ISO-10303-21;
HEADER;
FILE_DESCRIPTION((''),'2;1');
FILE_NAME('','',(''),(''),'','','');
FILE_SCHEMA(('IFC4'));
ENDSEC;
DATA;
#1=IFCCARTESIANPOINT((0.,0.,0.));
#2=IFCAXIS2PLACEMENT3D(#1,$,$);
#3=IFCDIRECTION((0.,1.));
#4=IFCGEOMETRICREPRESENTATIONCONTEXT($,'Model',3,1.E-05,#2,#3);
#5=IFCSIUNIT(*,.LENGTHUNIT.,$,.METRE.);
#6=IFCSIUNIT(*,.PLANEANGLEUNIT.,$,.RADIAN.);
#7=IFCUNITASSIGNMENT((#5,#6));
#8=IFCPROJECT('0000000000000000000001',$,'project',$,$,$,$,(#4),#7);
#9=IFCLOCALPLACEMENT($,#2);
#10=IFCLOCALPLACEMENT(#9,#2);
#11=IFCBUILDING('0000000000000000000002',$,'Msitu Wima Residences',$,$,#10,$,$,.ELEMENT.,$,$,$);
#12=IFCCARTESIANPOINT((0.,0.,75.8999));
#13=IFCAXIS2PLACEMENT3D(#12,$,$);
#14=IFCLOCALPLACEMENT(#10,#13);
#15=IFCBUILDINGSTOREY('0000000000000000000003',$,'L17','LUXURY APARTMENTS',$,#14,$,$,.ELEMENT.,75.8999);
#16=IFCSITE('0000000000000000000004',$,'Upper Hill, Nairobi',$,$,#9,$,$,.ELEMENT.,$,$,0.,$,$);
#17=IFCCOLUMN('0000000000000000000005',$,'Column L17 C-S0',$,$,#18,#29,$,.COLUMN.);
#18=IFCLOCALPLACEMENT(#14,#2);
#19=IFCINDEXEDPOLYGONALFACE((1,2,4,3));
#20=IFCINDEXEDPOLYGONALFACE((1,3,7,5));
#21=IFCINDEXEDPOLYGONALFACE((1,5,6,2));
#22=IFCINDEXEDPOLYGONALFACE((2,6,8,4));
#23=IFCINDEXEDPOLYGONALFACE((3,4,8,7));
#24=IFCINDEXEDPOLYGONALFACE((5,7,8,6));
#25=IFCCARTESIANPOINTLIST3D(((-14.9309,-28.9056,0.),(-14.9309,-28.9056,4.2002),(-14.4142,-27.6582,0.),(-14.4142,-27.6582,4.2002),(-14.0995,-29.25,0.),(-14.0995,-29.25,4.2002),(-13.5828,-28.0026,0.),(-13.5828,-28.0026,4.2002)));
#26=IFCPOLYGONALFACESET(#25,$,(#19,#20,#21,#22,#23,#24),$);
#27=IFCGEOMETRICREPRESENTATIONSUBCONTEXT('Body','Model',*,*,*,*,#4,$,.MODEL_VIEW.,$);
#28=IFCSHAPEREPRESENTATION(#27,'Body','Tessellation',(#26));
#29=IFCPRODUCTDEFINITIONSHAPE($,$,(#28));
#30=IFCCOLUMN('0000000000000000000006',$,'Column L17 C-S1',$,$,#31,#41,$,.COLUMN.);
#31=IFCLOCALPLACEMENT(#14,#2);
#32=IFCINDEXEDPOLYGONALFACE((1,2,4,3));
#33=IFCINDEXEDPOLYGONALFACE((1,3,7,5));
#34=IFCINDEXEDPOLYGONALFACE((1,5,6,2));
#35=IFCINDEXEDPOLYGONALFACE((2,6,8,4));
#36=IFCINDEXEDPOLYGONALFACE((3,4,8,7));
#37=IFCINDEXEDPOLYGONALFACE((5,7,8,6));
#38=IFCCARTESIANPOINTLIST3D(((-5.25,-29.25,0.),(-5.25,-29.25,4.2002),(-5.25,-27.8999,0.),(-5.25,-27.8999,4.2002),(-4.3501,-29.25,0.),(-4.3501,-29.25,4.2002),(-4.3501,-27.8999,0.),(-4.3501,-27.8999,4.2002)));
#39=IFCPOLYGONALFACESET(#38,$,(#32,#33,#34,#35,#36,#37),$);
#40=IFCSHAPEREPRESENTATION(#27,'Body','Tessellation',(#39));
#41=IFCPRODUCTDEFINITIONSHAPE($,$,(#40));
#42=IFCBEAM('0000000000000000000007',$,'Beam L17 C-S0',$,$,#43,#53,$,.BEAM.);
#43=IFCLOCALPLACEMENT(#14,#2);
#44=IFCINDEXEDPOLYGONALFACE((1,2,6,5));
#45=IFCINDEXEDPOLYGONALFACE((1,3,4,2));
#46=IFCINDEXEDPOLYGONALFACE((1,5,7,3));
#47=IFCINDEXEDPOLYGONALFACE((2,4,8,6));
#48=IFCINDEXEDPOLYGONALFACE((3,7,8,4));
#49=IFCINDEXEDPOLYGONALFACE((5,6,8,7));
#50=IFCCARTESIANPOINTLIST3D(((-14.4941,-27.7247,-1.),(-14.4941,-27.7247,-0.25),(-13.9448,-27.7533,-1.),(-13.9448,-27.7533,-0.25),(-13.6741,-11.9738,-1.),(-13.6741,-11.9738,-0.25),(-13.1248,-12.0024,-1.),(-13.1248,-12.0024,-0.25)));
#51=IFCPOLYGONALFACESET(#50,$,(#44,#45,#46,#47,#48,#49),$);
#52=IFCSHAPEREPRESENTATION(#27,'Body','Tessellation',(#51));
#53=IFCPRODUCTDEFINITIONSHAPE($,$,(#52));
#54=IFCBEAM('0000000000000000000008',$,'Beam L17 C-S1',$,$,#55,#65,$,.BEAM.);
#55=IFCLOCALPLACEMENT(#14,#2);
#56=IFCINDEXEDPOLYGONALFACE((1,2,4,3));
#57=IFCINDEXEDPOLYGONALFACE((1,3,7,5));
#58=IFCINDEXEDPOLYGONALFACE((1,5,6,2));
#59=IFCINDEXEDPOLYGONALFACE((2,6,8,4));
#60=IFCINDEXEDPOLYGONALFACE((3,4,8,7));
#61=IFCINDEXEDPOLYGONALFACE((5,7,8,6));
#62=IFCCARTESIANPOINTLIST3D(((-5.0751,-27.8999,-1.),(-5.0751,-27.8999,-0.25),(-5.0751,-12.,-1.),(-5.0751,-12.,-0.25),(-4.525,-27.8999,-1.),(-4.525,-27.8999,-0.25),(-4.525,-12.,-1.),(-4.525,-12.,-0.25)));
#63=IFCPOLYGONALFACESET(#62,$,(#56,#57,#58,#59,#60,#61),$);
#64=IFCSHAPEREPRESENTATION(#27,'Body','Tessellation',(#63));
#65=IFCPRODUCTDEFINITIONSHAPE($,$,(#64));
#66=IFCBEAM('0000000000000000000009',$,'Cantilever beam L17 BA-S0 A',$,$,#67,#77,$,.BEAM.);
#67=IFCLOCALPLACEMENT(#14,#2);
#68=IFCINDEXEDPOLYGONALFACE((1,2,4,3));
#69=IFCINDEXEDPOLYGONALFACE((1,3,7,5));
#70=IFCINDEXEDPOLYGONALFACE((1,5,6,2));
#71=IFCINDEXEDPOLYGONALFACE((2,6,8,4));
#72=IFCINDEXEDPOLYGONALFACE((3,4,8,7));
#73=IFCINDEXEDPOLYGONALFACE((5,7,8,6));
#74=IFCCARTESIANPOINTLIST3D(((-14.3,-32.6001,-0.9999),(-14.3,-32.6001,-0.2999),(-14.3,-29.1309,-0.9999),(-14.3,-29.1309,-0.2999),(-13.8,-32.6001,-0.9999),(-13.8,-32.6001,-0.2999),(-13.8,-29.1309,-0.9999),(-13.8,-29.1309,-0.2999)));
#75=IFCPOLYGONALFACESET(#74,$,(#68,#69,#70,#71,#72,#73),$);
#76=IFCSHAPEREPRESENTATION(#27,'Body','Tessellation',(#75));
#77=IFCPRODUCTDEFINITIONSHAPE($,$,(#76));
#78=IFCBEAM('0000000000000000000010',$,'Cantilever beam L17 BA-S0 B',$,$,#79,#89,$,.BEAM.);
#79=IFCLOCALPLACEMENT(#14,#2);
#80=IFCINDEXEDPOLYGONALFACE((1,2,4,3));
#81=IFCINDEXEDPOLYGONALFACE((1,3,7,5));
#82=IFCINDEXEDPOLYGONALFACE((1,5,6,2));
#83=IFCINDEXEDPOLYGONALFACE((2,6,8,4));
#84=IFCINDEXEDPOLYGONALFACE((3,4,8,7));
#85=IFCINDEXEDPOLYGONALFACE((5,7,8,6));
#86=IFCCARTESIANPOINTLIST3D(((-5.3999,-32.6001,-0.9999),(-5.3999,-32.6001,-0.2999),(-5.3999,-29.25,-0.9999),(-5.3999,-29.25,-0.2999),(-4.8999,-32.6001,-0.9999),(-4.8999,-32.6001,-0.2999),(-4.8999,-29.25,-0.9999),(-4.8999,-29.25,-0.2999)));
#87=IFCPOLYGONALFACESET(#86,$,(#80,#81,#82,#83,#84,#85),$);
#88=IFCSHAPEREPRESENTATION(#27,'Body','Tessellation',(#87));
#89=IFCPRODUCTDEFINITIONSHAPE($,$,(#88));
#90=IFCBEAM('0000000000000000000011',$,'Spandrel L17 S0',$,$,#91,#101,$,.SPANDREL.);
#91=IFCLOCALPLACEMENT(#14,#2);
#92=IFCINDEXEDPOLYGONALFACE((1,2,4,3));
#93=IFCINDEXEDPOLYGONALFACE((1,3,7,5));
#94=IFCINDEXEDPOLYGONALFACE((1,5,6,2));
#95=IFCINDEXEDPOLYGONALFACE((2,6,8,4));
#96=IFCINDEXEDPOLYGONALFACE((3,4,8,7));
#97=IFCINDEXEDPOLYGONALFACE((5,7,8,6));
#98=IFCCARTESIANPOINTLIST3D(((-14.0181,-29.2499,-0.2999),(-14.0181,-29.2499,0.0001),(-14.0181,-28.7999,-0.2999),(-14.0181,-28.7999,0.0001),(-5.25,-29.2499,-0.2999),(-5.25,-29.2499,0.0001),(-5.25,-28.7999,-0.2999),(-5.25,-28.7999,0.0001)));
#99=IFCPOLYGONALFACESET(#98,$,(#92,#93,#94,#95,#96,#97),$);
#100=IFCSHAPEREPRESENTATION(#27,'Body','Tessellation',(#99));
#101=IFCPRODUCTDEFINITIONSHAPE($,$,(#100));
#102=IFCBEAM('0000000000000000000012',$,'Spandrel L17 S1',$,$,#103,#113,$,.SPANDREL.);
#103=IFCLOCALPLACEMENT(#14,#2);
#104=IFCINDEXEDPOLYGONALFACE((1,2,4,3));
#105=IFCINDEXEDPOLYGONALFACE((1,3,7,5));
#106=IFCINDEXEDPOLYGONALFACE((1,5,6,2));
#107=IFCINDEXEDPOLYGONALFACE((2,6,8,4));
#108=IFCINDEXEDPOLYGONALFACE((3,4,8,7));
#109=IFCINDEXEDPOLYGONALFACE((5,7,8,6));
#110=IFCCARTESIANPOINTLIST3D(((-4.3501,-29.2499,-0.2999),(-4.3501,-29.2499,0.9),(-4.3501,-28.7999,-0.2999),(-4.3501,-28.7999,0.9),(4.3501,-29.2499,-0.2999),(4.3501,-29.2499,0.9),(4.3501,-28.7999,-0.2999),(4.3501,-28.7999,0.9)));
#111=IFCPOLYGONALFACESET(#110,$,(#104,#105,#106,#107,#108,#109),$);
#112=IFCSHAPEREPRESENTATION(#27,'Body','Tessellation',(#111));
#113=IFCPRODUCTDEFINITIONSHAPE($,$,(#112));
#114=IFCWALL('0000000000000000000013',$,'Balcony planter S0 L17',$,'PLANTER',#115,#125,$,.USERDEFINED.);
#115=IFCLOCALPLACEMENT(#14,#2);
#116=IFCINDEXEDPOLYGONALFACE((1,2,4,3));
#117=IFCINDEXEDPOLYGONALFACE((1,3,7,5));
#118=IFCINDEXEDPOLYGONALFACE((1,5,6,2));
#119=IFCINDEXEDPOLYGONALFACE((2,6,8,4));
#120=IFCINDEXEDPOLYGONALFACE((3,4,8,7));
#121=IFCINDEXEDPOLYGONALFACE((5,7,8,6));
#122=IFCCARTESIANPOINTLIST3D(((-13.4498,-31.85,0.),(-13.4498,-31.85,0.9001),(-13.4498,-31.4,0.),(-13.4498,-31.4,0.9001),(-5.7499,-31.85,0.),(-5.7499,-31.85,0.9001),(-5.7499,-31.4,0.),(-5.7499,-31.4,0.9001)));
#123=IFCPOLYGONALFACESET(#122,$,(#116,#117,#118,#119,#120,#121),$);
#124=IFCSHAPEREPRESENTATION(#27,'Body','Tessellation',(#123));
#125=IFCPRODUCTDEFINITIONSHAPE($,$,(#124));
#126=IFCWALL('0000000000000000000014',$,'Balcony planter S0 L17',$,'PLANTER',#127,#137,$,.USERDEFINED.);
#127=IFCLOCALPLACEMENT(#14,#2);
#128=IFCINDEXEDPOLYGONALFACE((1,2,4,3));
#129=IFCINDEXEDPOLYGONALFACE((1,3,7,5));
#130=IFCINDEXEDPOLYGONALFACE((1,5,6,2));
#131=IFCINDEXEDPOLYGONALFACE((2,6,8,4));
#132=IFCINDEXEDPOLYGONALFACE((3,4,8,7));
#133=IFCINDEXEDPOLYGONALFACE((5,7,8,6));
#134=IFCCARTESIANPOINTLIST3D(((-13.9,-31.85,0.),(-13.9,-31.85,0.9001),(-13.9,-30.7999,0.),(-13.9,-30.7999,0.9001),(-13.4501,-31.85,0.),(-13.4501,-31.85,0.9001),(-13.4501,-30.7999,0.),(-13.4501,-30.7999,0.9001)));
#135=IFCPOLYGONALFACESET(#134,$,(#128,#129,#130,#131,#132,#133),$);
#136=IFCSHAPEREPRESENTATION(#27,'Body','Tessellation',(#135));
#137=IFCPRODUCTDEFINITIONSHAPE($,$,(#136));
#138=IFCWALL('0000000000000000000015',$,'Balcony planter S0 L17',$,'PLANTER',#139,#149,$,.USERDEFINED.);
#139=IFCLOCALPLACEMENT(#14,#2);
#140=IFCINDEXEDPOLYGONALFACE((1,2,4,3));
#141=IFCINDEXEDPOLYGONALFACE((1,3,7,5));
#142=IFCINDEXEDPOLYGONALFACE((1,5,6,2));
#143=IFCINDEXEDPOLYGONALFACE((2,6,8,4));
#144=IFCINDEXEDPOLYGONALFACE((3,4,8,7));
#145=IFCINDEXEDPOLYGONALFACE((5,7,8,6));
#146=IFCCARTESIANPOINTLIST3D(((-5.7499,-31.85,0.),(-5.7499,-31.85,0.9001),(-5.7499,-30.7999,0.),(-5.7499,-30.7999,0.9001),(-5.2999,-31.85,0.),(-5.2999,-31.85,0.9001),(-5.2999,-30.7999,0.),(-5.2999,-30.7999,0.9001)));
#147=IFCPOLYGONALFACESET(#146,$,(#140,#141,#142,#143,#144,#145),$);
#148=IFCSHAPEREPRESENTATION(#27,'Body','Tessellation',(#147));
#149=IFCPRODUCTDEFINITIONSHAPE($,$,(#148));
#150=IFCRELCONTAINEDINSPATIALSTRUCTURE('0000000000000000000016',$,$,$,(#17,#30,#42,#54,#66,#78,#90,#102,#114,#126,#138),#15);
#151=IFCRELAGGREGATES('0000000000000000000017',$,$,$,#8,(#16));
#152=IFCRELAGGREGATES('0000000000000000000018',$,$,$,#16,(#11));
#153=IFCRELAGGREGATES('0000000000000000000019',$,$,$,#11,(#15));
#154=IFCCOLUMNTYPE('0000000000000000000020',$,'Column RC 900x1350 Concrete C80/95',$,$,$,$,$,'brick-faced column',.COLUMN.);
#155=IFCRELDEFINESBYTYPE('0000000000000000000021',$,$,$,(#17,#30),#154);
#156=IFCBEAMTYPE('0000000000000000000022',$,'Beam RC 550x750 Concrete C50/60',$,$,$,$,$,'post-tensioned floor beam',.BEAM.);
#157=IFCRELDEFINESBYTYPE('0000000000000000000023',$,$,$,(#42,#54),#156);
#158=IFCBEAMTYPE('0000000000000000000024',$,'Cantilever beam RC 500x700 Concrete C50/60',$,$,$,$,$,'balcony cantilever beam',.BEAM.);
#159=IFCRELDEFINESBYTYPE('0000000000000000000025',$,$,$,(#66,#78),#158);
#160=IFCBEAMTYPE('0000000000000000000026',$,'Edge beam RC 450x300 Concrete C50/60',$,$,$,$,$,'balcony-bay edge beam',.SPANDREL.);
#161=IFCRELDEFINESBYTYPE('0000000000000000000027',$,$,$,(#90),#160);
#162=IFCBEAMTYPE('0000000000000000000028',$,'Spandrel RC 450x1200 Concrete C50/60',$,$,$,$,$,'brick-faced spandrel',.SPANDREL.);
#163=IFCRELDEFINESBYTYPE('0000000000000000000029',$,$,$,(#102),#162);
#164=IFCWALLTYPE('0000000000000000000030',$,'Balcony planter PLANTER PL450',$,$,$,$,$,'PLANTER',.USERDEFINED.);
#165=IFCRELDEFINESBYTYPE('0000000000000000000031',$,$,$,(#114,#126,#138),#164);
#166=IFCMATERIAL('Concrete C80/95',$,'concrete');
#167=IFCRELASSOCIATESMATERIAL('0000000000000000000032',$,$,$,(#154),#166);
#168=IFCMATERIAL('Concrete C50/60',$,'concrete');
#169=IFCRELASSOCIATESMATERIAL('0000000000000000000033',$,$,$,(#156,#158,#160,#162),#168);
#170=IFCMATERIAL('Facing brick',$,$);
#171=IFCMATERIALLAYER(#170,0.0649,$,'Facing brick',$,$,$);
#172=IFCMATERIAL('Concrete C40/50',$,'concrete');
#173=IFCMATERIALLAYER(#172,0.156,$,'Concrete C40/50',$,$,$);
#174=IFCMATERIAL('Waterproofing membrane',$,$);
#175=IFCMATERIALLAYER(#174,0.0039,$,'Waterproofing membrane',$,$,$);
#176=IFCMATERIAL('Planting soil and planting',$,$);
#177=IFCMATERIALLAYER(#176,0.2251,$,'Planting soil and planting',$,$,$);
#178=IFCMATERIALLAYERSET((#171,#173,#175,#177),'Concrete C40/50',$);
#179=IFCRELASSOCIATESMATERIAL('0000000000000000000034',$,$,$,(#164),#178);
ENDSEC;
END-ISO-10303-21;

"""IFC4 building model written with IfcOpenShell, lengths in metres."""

from ifc_helpers import new_model, si_unit, direction, frame, frame_2d, origin, origin_2d, place, context, subcontext, project, spatial, rectangle, extrude, material, layer, layer_set, material_profile, profile_set, type_object, element, save


model = new_model("IFC4")

# Units and contexts
model_context = context("Model", 3, precision=1e-05, world=origin(), true_north=direction((0.0, 1.0)))
body_context = subcontext(model_context, "Body", "Model", "MODEL_VIEW")
ifc_project = project(units=[si_unit("LENGTHUNIT", "METRE"), si_unit("PLANEANGLEUNIT", "RADIAN")], contexts=[model_context])

# Site, building, storey
site_placement = place(None, origin())
site = spatial("IfcSite", under=ifc_project, at=site_placement, Name="Upper Hill, Nairobi", CompositionType="ELEMENT", RefElevation=0.0)
building_placement = place(site_placement, origin())
building = spatial("IfcBuilding", under=site, at=building_placement, Name="Msitu Wima Residences", CompositionType="ELEMENT")
storey_placement = place(building_placement, frame((0.0, 0.0, 75.8999)))
storey = spatial("IfcBuildingStorey", under=building, at=storey_placement, Name="L17", Description="LUXURY APARTMENTS", CompositionType="ELEMENT", Elevation=75.8999)

# Columns
ifc_material_1 = material(Name="Concrete C80/95", Category="concrete")
ifc_material_profile_1 = material_profile(ifc_material_1, rectangle(XDim=0.8999, YDim=1.3501, at=origin_2d()), Name="RC 900x1350")
ifc_profile_set_1 = profile_set([ifc_material_profile_1], Name="Concrete C80/95")
column_type = type_object("IfcColumnType", Name="Column RC 900x1350 Concrete C80/95", ElementType="brick-faced column", PredefinedType="COLUMN", material=ifc_profile_set_1)
for number, where, z_axis, x_axis, name in (
    (1, (-14.2568, -28.4541, 0.0), (0.0, 0.0, 1.0), (0.92388, -0.382683, 0.0), "Column L17 C-S0"),
    (2, (-4.8, -28.575, 0.0), (0.0, 0.0, 1.0), (1.0, 0.0, 0.0), "Column L17 C-S1"),
):
    element("IfcColumn", number, at=place(storey_placement, frame(where, z_axis=z_axis, x_axis=x_axis)), inside=storey, type_object=column_type, Name=name, PredefinedType="COLUMN", context=body_context, shape_type="SweptSolid", body=[
        extrude(rectangle(XDim=0.8999, YDim=1.3501, at=origin_2d()), origin(), (0.0, 0.0, 1.0), 4.2002),
    ])

# Beams
ifc_material_2 = material(Name="Concrete C50/60", Category="concrete")
ifc_material_profile_2 = material_profile(ifc_material_2, rectangle(XDim=0.55, YDim=0.75, at=origin_2d()), Name="RC 550x750")
ifc_profile_set_2 = profile_set([ifc_material_profile_2], Name="Concrete C50/60")
beam_type_1 = type_object("IfcBeamType", Name="Beam RC 550x750 Concrete C50/60", ElementType="post-tensioned floor beam", PredefinedType="BEAM", material=ifc_profile_set_2)
beam_1_placement = place(storey_placement, frame((-14.2195, -27.739, -0.625), z_axis=(0.051994, 0.998647, 0.0), x_axis=(-0.998647, 0.051994, 0.0)))
element("IfcBeam", 3, at=beam_1_placement, inside=storey, type_object=beam_type_1, Name="Beam L17 C-S0", PredefinedType="BEAM", context=body_context, shape_type="SweptSolid", body=[
    extrude(rectangle(XDim=0.55, YDim=0.75, at=origin_2d()), origin(), (0.0, 0.0, 1.0), 15.7722),
])
beam_2_placement = place(storey_placement, frame((-4.8, -27.8999, -0.625), z_axis=(0.0, 1.0, 0.0), x_axis=(-1.0, 0.0, 0.0)))
element("IfcBeam", 4, at=beam_2_placement, inside=storey, type_object=beam_type_1, Name="Beam L17 C-S1", PredefinedType="BEAM", context=body_context, shape_type="SweptSolid", body=[
    extrude(rectangle(XDim=0.55, YDim=0.75, at=origin_2d()), origin(), (0.0, 0.0, 1.0), 15.8999),
])
ifc_material_profile_3 = material_profile(ifc_material_2, rectangle(XDim=0.5, YDim=0.7, at=origin_2d()), Name="RC 500x700")
ifc_profile_set_3 = profile_set([ifc_material_profile_3], Name="Concrete C50/60")
beam_type_2 = type_object("IfcBeamType", Name="Cantilever beam RC 500x700 Concrete C50/60", ElementType="balcony cantilever beam", PredefinedType="BEAM", material=ifc_profile_set_3)
beam_3_placement = place(storey_placement, frame((-14.05, -29.1309, -0.6499), z_axis=(0.0, -1.0, 0.0), x_axis=(1.0, 0.0, 0.0)))
element("IfcBeam", 5, at=beam_3_placement, inside=storey, type_object=beam_type_2, Name="Cantilever beam L17 BA-S0 A", PredefinedType="BEAM", context=body_context, shape_type="SweptSolid", body=[
    extrude(rectangle(XDim=0.5, YDim=0.7, at=origin_2d()), origin(), (0.0, 0.0, 1.0), 3.4692),
])
beam_4_placement = place(storey_placement, frame((-5.1499, -29.25, -0.6499), z_axis=(0.0, -1.0, 0.0), x_axis=(1.0, 0.0, 0.0)))
element("IfcBeam", 6, at=beam_4_placement, inside=storey, type_object=beam_type_2, Name="Cantilever beam L17 BA-S0 B", PredefinedType="BEAM", context=body_context, shape_type="SweptSolid", body=[
    extrude(rectangle(XDim=0.5, YDim=0.7, at=origin_2d()), origin(), (0.0, 0.0, 1.0), 3.3501),
])
ifc_material_profile_4 = material_profile(ifc_material_2, rectangle(XDim=0.45, YDim=0.3, at=origin_2d()), Name="RC 450x300")
ifc_profile_set_4 = profile_set([ifc_material_profile_4], Name="Concrete C50/60")
beam_type_3 = type_object("IfcBeamType", Name="Edge beam RC 450x300 Concrete C50/60", ElementType="balcony-bay edge beam", PredefinedType="SPANDREL", material=ifc_profile_set_4)
beam_5_placement = place(storey_placement, frame((-14.0181, -29.0249, -0.1499), z_axis=(1.0, 0.0, 0.0), x_axis=(0.0, 1.0, 0.0)))
element("IfcBeam", 7, at=beam_5_placement, inside=storey, type_object=beam_type_3, Name="Spandrel L17 S0", PredefinedType="SPANDREL", context=body_context, shape_type="SweptSolid", body=[
    extrude(rectangle(XDim=0.45, YDim=0.3, at=origin_2d()), origin(), (0.0, 0.0, 1.0), 8.7681),
])
ifc_material_profile_5 = material_profile(ifc_material_2, rectangle(XDim=0.45, YDim=1.2, at=origin_2d()), Name="RC 450x1200")
ifc_profile_set_5 = profile_set([ifc_material_profile_5], Name="Concrete C50/60")
beam_type_4 = type_object("IfcBeamType", Name="Spandrel RC 450x1200 Concrete C50/60", ElementType="brick-faced spandrel", PredefinedType="SPANDREL", material=ifc_profile_set_5)
beam_6_placement = place(storey_placement, frame((-4.3501, -29.0249, 0.3), z_axis=(1.0, 0.0, 0.0), x_axis=(0.0, 1.0, 0.0)))
element("IfcBeam", 8, at=beam_6_placement, inside=storey, type_object=beam_type_4, Name="Spandrel L17 S1", PredefinedType="SPANDREL", context=body_context, shape_type="SweptSolid", body=[
    extrude(rectangle(XDim=0.45, YDim=1.2, at=origin_2d()), origin(), (0.0, 0.0, 1.0), 8.7002),
])

# Walls
ifc_material_3 = material(Name="Facing brick")
ifc_layer_1 = layer(ifc_material_3, 0.0649, Name="Facing brick")
ifc_material_4 = material(Name="Concrete C40/50", Category="concrete")
ifc_layer_2 = layer(ifc_material_4, 0.156, Name="Concrete C40/50")
ifc_material_5 = material(Name="Waterproofing membrane")
ifc_layer_3 = layer(ifc_material_5, 0.0039, Name="Waterproofing membrane")
ifc_material_6 = material(Name="Planting soil and planting")
ifc_layer_4 = layer(ifc_material_6, 0.2251, Name="Planting soil and planting")
ifc_layer_set_1 = layer_set([ifc_layer_1, ifc_layer_2, ifc_layer_3, ifc_layer_4], Name="Concrete C40/50")
wall_type_1 = type_object("IfcWallType", Name="Balcony planter PLANTER PL450", ElementType="PLANTER", PredefinedType="USERDEFINED", material=ifc_layer_set_1)
wall_1_placement = place(storey_placement, frame((-13.45, -31.625, 0.0), z_axis=(0.0, 0.0, 1.0), x_axis=(1.0, 0.0, 0.0)))
element("IfcWall", 9, at=wall_1_placement, inside=storey, type_object=wall_type_1, Name="Balcony planter S0 L17", ObjectType="PLANTER", PredefinedType="USERDEFINED", context=body_context, shape_type="SweptSolid", body=[
    extrude(rectangle(XDim=7.7, YDim=0.45, at=frame_2d((3.8501, 0.0))), origin(), (0.0, 0.0, 1.0), 0.9001),
])
for number, where, z_axis, x_axis, name in (
    (10, (-13.675, -30.8, 0.0), (0.0, 0.0, 1.0), (0.0, -1.0, 0.0), "Balcony planter S0 L17"),
    (11, (-5.5249, -30.8, 0.0), (0.0, 0.0, 1.0), (0.0, -1.0, 0.0), "Balcony planter S0 L17"),
):
    element("IfcWall", number, at=place(storey_placement, frame(where, z_axis=z_axis, x_axis=x_axis)), inside=storey, type_object=wall_type_1, Name=name, ObjectType="PLANTER", PredefinedType="USERDEFINED", context=body_context, shape_type="SweptSolid", body=[
        extrude(rectangle(XDim=1.05, YDim=0.45, at=frame_2d((0.5249, 0.0))), origin(), (0.0, 0.0, 1.0), 0.9001),
    ])

save(model, "model.ifc")
